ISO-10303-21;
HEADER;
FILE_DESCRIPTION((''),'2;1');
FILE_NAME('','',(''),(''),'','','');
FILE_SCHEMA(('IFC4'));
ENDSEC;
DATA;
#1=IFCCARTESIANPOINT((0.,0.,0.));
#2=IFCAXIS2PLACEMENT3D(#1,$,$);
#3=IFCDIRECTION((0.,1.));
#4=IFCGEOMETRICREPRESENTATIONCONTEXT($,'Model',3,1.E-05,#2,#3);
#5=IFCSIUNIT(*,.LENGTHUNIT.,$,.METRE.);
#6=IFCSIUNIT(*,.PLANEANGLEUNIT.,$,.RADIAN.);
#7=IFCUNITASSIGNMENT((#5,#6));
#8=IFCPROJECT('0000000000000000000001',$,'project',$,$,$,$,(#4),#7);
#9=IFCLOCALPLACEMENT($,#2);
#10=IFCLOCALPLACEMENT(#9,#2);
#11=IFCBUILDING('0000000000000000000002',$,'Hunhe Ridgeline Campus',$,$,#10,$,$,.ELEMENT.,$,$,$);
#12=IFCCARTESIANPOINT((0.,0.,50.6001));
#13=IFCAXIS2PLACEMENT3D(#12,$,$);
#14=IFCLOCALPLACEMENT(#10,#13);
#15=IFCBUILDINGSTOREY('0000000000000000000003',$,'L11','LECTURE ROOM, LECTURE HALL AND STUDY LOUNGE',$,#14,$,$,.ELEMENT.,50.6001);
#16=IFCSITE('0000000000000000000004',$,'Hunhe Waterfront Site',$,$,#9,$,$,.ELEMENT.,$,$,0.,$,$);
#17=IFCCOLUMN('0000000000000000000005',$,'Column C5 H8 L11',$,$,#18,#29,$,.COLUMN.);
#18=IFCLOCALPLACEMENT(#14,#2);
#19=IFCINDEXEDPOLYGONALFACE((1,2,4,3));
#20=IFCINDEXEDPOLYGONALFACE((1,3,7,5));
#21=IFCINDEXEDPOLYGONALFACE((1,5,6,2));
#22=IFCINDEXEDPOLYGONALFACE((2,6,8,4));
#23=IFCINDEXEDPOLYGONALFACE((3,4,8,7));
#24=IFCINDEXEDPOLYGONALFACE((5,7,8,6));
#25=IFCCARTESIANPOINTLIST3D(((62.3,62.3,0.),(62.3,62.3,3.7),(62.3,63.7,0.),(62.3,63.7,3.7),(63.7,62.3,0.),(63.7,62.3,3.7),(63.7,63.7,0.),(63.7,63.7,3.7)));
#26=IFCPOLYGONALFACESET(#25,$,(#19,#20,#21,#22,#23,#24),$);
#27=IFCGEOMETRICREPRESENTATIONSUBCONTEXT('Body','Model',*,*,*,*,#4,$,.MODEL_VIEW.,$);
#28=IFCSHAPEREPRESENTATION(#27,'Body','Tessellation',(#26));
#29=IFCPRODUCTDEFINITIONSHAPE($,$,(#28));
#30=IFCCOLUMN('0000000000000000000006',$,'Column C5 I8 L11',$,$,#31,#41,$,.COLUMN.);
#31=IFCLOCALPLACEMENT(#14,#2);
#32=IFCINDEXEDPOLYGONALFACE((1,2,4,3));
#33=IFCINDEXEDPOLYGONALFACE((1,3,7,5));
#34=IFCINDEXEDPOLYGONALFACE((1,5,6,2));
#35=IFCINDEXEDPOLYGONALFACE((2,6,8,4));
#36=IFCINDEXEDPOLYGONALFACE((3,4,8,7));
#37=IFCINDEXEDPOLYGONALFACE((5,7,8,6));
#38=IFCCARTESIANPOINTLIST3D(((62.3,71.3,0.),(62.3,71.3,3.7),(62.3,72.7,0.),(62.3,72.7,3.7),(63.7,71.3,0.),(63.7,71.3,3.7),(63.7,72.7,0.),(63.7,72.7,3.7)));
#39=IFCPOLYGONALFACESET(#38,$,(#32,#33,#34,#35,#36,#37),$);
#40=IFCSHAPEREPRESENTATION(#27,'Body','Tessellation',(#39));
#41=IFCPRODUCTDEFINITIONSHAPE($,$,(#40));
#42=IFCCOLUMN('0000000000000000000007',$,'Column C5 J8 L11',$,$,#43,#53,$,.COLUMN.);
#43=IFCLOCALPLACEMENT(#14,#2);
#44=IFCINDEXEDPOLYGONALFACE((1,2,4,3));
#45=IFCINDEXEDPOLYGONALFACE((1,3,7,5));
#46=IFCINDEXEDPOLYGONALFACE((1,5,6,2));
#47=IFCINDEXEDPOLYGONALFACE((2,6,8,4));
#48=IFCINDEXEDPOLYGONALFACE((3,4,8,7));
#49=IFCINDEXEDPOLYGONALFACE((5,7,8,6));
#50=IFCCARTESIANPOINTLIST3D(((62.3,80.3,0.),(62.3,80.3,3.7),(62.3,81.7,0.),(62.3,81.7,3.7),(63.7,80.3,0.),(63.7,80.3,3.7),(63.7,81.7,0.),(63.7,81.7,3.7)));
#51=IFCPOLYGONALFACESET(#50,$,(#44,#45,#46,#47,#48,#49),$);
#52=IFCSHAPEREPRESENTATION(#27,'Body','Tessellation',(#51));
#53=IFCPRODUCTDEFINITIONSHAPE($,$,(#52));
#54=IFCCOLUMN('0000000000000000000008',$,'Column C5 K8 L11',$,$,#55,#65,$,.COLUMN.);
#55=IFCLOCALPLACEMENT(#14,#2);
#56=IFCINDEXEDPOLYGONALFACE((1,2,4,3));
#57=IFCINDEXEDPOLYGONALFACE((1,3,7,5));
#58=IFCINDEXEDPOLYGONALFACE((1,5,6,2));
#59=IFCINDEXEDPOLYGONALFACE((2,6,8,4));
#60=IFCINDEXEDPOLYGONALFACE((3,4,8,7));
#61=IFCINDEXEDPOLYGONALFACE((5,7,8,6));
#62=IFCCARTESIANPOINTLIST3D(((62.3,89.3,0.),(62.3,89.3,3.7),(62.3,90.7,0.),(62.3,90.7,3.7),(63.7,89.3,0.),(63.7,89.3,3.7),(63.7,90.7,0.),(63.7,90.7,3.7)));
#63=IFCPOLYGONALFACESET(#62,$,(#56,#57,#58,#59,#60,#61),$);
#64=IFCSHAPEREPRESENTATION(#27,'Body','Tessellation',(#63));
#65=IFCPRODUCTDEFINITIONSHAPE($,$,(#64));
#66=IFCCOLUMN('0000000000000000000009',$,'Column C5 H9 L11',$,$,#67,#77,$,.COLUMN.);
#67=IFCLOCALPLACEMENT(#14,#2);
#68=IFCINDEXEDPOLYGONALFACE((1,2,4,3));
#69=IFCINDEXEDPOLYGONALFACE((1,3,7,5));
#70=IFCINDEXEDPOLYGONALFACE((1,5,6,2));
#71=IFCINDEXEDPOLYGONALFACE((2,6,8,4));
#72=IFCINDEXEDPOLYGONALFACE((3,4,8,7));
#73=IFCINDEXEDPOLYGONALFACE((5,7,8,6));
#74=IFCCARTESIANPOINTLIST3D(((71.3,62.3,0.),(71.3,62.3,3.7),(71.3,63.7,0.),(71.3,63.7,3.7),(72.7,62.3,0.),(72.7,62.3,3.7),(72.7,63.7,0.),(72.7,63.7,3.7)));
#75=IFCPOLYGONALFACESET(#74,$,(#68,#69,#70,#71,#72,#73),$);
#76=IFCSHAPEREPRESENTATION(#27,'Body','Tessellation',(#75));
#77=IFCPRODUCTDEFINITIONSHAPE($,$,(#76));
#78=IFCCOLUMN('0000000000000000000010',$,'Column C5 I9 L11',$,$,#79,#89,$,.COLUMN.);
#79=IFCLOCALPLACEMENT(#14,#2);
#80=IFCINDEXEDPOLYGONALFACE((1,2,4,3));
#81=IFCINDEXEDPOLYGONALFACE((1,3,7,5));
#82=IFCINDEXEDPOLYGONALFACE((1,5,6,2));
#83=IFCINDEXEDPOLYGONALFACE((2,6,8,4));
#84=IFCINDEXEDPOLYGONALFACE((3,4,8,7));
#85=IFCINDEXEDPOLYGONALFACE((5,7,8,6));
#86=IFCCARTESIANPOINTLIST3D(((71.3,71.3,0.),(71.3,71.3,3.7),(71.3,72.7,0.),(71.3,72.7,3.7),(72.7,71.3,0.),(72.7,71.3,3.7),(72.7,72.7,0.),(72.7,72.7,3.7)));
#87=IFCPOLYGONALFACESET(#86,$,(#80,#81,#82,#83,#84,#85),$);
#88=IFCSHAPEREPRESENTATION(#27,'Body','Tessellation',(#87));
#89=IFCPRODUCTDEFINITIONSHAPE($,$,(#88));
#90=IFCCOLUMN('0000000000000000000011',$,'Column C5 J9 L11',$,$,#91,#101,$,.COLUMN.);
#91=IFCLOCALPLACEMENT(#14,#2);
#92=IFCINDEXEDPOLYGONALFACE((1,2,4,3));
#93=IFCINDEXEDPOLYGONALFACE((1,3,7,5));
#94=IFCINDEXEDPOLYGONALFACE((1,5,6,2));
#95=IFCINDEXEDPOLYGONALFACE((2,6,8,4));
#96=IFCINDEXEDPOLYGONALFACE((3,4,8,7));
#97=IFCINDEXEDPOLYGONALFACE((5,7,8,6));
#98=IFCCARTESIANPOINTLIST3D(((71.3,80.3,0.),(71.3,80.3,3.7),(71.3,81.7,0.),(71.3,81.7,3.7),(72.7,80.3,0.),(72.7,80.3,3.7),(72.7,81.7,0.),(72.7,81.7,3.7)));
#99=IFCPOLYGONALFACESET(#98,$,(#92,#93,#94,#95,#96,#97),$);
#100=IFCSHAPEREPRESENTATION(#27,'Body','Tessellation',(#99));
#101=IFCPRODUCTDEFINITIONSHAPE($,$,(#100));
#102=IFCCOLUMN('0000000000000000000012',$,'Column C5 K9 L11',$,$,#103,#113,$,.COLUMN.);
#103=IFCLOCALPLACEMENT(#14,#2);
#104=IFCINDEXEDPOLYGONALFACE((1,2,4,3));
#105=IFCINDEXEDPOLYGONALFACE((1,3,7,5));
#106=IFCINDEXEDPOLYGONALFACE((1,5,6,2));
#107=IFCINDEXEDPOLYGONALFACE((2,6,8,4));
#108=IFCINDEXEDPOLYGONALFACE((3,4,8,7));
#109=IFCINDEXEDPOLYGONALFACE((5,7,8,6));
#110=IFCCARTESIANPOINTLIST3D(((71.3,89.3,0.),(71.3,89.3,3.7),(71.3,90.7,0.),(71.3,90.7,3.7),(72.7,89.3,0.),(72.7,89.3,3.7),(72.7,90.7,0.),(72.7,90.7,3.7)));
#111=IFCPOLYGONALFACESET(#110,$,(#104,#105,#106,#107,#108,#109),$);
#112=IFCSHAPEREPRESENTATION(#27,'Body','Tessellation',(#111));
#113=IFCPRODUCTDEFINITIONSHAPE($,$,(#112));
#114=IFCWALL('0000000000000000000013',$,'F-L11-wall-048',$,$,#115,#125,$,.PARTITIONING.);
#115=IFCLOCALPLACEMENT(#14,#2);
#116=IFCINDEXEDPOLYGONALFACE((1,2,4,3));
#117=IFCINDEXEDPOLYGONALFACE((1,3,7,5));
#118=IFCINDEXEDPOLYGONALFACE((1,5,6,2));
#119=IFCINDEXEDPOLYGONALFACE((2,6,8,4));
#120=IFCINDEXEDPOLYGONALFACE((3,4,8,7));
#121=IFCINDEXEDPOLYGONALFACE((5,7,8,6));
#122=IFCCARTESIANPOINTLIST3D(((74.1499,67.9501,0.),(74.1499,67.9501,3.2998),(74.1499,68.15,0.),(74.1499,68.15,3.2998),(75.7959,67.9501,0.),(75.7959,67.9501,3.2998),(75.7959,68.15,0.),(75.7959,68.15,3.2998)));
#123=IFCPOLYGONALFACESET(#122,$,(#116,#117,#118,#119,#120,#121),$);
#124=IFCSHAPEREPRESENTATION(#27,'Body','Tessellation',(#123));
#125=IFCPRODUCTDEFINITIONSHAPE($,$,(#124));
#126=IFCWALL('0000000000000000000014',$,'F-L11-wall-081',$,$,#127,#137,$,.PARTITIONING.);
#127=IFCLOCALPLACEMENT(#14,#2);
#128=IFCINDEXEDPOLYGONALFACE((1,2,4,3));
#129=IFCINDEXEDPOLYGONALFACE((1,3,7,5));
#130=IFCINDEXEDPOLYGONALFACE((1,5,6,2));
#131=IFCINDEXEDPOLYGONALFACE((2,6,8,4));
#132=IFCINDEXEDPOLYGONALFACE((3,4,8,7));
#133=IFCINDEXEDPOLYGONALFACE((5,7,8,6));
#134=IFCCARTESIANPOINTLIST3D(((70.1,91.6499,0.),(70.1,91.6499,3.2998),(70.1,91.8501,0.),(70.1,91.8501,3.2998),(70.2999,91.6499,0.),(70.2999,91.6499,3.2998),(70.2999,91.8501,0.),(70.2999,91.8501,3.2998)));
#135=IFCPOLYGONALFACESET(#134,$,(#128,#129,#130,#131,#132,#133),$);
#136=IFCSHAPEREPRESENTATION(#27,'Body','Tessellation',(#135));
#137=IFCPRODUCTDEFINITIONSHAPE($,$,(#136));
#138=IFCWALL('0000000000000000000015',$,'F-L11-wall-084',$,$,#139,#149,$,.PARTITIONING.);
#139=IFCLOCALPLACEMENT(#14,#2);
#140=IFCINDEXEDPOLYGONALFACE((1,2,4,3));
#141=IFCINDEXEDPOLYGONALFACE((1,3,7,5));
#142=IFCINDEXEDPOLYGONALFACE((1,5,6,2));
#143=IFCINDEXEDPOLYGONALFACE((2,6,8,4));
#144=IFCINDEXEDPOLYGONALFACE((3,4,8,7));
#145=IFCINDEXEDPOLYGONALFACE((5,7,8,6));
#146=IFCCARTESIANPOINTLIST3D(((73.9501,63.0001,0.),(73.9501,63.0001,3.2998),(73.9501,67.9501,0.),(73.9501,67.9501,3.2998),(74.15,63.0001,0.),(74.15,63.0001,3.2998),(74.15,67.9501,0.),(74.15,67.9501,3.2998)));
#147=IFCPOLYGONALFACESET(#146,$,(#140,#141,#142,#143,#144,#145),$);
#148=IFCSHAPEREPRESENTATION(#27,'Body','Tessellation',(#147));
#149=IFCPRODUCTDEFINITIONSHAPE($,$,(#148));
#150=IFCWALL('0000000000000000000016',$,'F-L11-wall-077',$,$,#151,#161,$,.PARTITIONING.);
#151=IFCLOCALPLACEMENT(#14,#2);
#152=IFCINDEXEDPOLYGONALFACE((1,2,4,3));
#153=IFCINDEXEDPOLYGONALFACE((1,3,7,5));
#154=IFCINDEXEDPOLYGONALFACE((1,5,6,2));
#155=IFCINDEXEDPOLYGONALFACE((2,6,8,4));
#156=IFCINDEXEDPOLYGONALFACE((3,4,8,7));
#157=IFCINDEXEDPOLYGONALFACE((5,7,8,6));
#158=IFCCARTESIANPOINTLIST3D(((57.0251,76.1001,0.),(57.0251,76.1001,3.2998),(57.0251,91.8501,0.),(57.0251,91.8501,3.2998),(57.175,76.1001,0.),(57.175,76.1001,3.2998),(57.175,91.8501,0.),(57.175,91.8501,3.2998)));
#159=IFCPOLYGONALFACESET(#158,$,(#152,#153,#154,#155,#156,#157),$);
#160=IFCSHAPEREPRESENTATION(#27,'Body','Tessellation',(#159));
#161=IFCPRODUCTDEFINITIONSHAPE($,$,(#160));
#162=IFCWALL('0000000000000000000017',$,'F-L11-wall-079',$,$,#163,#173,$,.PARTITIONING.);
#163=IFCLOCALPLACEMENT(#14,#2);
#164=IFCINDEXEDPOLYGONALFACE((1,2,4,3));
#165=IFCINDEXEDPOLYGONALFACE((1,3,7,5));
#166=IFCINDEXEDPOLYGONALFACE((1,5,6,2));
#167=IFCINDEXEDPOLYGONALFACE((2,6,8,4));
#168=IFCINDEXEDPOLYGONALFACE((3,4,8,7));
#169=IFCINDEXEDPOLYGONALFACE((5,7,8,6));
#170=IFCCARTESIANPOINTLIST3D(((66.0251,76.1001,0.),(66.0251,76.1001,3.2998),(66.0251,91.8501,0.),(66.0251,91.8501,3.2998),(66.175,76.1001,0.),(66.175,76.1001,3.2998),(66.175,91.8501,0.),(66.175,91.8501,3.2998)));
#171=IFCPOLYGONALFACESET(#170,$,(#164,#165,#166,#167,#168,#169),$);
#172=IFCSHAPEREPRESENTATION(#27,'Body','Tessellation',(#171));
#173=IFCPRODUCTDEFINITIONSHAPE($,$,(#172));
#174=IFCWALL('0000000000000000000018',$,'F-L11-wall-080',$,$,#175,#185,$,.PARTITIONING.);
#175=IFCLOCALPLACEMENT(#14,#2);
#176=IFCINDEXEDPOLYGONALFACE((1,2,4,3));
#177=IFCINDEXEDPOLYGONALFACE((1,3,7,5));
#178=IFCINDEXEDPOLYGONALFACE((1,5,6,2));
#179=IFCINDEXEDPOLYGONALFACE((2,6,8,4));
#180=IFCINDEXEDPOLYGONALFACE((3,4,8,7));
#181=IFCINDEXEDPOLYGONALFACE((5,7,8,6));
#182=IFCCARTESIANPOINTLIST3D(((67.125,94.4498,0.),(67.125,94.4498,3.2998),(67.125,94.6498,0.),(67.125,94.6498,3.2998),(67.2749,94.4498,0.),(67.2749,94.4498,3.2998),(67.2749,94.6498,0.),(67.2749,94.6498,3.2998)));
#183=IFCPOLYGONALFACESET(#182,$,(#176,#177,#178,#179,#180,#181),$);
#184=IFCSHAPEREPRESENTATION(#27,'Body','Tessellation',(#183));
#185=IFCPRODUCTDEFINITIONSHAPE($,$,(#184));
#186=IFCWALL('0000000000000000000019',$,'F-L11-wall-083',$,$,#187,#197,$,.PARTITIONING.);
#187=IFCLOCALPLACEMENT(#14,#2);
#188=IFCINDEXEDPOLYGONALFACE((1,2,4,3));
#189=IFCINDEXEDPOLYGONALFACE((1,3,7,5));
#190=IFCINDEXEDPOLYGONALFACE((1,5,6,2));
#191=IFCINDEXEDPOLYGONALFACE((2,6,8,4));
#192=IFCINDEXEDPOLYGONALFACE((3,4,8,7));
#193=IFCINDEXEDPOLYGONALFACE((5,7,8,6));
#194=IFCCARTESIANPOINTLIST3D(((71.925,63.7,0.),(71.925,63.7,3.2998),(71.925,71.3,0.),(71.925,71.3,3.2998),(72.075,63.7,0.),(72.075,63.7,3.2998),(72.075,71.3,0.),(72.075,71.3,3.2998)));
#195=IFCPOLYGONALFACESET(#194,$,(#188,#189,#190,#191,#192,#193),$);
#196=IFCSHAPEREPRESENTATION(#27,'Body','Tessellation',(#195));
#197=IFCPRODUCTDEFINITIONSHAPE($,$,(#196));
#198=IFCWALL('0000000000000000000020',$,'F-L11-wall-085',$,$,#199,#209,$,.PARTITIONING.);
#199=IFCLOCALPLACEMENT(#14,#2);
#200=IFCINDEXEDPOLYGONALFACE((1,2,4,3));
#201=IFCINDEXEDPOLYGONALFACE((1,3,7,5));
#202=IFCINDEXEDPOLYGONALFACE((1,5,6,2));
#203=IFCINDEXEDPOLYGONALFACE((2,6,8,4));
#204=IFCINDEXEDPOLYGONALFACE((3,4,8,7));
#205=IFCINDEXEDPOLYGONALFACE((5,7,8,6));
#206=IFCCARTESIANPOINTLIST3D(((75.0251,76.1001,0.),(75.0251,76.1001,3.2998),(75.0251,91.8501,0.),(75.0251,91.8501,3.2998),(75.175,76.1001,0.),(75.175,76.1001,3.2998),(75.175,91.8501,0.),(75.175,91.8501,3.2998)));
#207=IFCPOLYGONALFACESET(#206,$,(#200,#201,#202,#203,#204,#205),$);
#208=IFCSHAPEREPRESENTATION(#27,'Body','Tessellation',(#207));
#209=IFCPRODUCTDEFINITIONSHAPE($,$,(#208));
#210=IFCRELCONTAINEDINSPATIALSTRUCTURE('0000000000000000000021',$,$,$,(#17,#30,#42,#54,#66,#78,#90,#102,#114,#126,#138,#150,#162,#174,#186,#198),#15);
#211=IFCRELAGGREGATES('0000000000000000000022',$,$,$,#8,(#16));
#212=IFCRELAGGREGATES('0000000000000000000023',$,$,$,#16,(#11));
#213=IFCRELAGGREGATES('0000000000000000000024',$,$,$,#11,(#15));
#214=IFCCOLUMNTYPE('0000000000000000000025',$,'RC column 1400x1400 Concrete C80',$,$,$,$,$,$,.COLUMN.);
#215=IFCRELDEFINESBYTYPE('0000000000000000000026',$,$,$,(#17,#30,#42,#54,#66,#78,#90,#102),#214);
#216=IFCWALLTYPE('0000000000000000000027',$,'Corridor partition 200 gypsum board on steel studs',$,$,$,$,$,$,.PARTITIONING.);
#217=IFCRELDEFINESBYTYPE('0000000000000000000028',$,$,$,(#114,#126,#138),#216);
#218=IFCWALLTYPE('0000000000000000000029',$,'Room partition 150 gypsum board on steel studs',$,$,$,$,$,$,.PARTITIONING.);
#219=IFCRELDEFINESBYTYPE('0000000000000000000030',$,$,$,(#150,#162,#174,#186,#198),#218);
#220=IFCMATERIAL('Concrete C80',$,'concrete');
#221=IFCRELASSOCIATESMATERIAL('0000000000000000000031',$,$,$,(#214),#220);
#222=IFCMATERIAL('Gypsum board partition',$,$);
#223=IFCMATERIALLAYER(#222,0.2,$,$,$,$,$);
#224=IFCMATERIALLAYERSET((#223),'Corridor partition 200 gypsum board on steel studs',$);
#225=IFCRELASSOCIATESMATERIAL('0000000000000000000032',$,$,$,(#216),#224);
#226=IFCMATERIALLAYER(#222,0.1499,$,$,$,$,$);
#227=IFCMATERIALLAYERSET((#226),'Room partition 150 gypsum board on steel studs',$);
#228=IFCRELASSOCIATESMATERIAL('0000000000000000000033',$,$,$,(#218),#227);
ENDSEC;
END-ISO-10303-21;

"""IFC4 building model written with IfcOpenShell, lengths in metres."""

from ifc_helpers import new_model, si_unit, direction, frame, frame_2d, origin, origin_2d, place, context, subcontext, project, spatial, rectangle, extrude, material, layer, layer_set, material_profile, profile_set, type_object, element, save


model = new_model("IFC4")

# Units and contexts
model_context = context("Model", 3, precision=1e-05, world=origin(), true_north=direction((0.0, 1.0)))
body_context = subcontext(model_context, "Body", "Model", "MODEL_VIEW")
ifc_project = project(units=[si_unit("LENGTHUNIT", "METRE"), si_unit("PLANEANGLEUNIT", "RADIAN")], contexts=[model_context])

# Site, building, storey
site_placement = place(None, origin())
site = spatial("IfcSite", under=ifc_project, at=site_placement, Name="Hunhe Waterfront Site", CompositionType="ELEMENT", RefElevation=0.0)
building_placement = place(site_placement, origin())
building = spatial("IfcBuilding", under=site, at=building_placement, Name="Hunhe Ridgeline Campus", CompositionType="ELEMENT")
storey_placement = place(building_placement, frame((0.0, 0.0, 50.6001)))
storey = spatial("IfcBuildingStorey", under=building, at=storey_placement, Name="L11", Description="LECTURE ROOM, LECTURE HALL AND STUDY LOUNGE", CompositionType="ELEMENT", Elevation=50.6001)

# Columns
ifc_material_1 = material(Name="Concrete C80", Category="concrete")
ifc_material_profile = material_profile(ifc_material_1, rectangle(XDim=1.3999, YDim=1.3999, at=origin_2d()))
ifc_profile_set = profile_set([ifc_material_profile], Name="Concrete C80")
column_type = type_object("IfcColumnType", Name="RC column 1400x1400 Concrete C80", PredefinedType="COLUMN", material=ifc_profile_set)
for number, where, z_axis, x_axis, name in (
    (1, (63.0, 63.0, 0.0), (0.0, 0.0, 1.0), (1.0, 0.0, 0.0), "Column C5 H8 L11"),
    (2, (63.0, 72.0, 0.0), (0.0, 0.0, 1.0), (1.0, 0.0, 0.0), "Column C5 I8 L11"),
    (3, (63.0, 81.0, 0.0), (0.0, 0.0, 1.0), (1.0, 0.0, 0.0), "Column C5 J8 L11"),
    (4, (63.0, 90.0, 0.0), (0.0, 0.0, 1.0), (1.0, 0.0, 0.0), "Column C5 K8 L11"),
    (5, (72.0, 63.0, 0.0), (0.0, 0.0, 1.0), (1.0, 0.0, 0.0), "Column C5 H9 L11"),
    (6, (72.0, 72.0, 0.0), (0.0, 0.0, 1.0), (1.0, 0.0, 0.0), "Column C5 I9 L11"),
    (7, (72.0, 81.0, 0.0), (0.0, 0.0, 1.0), (1.0, 0.0, 0.0), "Column C5 J9 L11"),
    (8, (72.0, 90.0, 0.0), (0.0, 0.0, 1.0), (1.0, 0.0, 0.0), "Column C5 K9 L11"),
):
    element("IfcColumn", number, at=place(storey_placement, frame(where, z_axis=z_axis, x_axis=x_axis)), inside=storey, type_object=column_type, Name=name, PredefinedType="COLUMN", context=body_context, shape_type="SweptSolid", body=[
        extrude(rectangle(XDim=1.3999, YDim=1.3999, at=origin_2d()), origin(), (0.0, 0.0, 1.0), 3.7),
    ])

# Wall
ifc_material_2 = material(Name="Gypsum board partition")
ifc_layer_1 = layer(ifc_material_2, 0.2)
ifc_layer_set_1 = layer_set([ifc_layer_1], Name="Corridor partition 200 gypsum board on steel studs")
wall_type_1 = type_object("IfcWallType", Name="Corridor partition 200 gypsum board on steel studs", PredefinedType="PARTITIONING", material=ifc_layer_set_1)
wall_1_placement = place(storey_placement, frame((74.1499, 68.05, 0.0), z_axis=(0.0, 0.0, 1.0), x_axis=(1.0, 0.0, 0.0)))
element("IfcWall", 9, at=wall_1_placement, inside=storey, type_object=wall_type_1, Name="F-L11-wall-048", PredefinedType="PARTITIONING", context=body_context, shape_type="SweptSolid", body=[
    extrude(rectangle(XDim=1.646, YDim=0.2, at=frame_2d((0.823, 0.0))), origin(), (0.0, 0.0, 1.0), 3.2998),
])

# Walls
wall_2_placement = place(storey_placement, frame((70.2, 91.8501, 0.0), z_axis=(0.0, 0.0, 1.0), x_axis=(0.0, -1.0, 0.0)))
element("IfcWall", 10, at=wall_2_placement, inside=storey, type_object=wall_type_1, Name="F-L11-wall-081", PredefinedType="PARTITIONING", context=body_context, shape_type="SweptSolid", body=[
    extrude(rectangle(XDim=0.2002, YDim=0.2, at=frame_2d((0.1001, 0.0))), origin(), (0.0, 0.0, 1.0), 3.2998),
])
wall_3_placement = place(storey_placement, frame((74.05, 63.0, 0.0), z_axis=(0.0, 0.0, 1.0), x_axis=(0.0, 1.0, 0.0)))
element("IfcWall", 11, at=wall_3_placement, inside=storey, type_object=wall_type_1, Name="F-L11-wall-084", PredefinedType="PARTITIONING", context=body_context, shape_type="SweptSolid", body=[
    extrude(rectangle(XDim=4.95, YDim=0.2, at=frame_2d((2.4751, 0.0))), origin(), (0.0, 0.0, 1.0), 3.2998),
])
ifc_layer_2 = layer(ifc_material_2, 0.1499)
ifc_layer_set_2 = layer_set([ifc_layer_2], Name="Room partition 150 gypsum board on steel studs")
wall_type_2 = type_object("IfcWallType", Name="Room partition 150 gypsum board on steel studs", PredefinedType="PARTITIONING", material=ifc_layer_set_2)
for number, where, z_axis, x_axis, name in (
    (12, (57.1001, 91.8501, 0.0), (0.0, 0.0, 1.0), (0.0, -1.0, 0.0), "F-L11-wall-077"),
    (13, (66.1001, 91.8501, 0.0), (0.0, 0.0, 1.0), (0.0, -1.0, 0.0), "F-L11-wall-079"),
):
    element("IfcWall", number, at=place(storey_placement, frame(where, z_axis=z_axis, x_axis=x_axis)), inside=storey, type_object=wall_type_2, Name=name, PredefinedType="PARTITIONING", context=body_context, shape_type="SweptSolid", body=[
        extrude(rectangle(XDim=15.75, YDim=0.1499, at=frame_2d((7.875, 0.0))), origin(), (0.0, 0.0, 1.0), 3.2998),
    ])
wall_4_placement = place(storey_placement, frame((67.2, 94.6499, 0.0), z_axis=(0.0, 0.0, 1.0), x_axis=(0.0, -1.0, 0.0)))
element("IfcWall", 14, at=wall_4_placement, inside=storey, type_object=wall_type_2, Name="F-L11-wall-080", PredefinedType="PARTITIONING", context=body_context, shape_type="SweptSolid", body=[
    extrude(rectangle(XDim=0.2, YDim=0.1499, at=frame_2d((0.1001, 0.0))), origin(), (0.0, 0.0, 1.0), 3.2998),
])
wall_5_placement = place(storey_placement, frame((72.0, 71.3, 0.0), z_axis=(0.0, 0.0, 1.0), x_axis=(0.0, -1.0, 0.0)))
element("IfcWall", 15, at=wall_5_placement, inside=storey, type_object=wall_type_2, Name="F-L11-wall-083", PredefinedType="PARTITIONING", context=body_context, shape_type="SweptSolid", body=[
    extrude(rectangle(XDim=7.6001, YDim=0.1499, at=frame_2d((3.8, 0.0))), origin(), (0.0, 0.0, 1.0), 3.2998),
])
wall_6_placement = place(storey_placement, frame((75.1001, 91.8501, 0.0), z_axis=(0.0, 0.0, 1.0), x_axis=(0.0, -1.0, 0.0)))
element("IfcWall", 16, at=wall_6_placement, inside=storey, type_object=wall_type_2, Name="F-L11-wall-085", PredefinedType="PARTITIONING", context=body_context, shape_type="SweptSolid", body=[
    extrude(rectangle(XDim=15.75, YDim=0.1499, at=frame_2d((7.875, 0.0))), origin(), (0.0, 0.0, 1.0), 3.2998),
])

save(model, "model.ifc")
